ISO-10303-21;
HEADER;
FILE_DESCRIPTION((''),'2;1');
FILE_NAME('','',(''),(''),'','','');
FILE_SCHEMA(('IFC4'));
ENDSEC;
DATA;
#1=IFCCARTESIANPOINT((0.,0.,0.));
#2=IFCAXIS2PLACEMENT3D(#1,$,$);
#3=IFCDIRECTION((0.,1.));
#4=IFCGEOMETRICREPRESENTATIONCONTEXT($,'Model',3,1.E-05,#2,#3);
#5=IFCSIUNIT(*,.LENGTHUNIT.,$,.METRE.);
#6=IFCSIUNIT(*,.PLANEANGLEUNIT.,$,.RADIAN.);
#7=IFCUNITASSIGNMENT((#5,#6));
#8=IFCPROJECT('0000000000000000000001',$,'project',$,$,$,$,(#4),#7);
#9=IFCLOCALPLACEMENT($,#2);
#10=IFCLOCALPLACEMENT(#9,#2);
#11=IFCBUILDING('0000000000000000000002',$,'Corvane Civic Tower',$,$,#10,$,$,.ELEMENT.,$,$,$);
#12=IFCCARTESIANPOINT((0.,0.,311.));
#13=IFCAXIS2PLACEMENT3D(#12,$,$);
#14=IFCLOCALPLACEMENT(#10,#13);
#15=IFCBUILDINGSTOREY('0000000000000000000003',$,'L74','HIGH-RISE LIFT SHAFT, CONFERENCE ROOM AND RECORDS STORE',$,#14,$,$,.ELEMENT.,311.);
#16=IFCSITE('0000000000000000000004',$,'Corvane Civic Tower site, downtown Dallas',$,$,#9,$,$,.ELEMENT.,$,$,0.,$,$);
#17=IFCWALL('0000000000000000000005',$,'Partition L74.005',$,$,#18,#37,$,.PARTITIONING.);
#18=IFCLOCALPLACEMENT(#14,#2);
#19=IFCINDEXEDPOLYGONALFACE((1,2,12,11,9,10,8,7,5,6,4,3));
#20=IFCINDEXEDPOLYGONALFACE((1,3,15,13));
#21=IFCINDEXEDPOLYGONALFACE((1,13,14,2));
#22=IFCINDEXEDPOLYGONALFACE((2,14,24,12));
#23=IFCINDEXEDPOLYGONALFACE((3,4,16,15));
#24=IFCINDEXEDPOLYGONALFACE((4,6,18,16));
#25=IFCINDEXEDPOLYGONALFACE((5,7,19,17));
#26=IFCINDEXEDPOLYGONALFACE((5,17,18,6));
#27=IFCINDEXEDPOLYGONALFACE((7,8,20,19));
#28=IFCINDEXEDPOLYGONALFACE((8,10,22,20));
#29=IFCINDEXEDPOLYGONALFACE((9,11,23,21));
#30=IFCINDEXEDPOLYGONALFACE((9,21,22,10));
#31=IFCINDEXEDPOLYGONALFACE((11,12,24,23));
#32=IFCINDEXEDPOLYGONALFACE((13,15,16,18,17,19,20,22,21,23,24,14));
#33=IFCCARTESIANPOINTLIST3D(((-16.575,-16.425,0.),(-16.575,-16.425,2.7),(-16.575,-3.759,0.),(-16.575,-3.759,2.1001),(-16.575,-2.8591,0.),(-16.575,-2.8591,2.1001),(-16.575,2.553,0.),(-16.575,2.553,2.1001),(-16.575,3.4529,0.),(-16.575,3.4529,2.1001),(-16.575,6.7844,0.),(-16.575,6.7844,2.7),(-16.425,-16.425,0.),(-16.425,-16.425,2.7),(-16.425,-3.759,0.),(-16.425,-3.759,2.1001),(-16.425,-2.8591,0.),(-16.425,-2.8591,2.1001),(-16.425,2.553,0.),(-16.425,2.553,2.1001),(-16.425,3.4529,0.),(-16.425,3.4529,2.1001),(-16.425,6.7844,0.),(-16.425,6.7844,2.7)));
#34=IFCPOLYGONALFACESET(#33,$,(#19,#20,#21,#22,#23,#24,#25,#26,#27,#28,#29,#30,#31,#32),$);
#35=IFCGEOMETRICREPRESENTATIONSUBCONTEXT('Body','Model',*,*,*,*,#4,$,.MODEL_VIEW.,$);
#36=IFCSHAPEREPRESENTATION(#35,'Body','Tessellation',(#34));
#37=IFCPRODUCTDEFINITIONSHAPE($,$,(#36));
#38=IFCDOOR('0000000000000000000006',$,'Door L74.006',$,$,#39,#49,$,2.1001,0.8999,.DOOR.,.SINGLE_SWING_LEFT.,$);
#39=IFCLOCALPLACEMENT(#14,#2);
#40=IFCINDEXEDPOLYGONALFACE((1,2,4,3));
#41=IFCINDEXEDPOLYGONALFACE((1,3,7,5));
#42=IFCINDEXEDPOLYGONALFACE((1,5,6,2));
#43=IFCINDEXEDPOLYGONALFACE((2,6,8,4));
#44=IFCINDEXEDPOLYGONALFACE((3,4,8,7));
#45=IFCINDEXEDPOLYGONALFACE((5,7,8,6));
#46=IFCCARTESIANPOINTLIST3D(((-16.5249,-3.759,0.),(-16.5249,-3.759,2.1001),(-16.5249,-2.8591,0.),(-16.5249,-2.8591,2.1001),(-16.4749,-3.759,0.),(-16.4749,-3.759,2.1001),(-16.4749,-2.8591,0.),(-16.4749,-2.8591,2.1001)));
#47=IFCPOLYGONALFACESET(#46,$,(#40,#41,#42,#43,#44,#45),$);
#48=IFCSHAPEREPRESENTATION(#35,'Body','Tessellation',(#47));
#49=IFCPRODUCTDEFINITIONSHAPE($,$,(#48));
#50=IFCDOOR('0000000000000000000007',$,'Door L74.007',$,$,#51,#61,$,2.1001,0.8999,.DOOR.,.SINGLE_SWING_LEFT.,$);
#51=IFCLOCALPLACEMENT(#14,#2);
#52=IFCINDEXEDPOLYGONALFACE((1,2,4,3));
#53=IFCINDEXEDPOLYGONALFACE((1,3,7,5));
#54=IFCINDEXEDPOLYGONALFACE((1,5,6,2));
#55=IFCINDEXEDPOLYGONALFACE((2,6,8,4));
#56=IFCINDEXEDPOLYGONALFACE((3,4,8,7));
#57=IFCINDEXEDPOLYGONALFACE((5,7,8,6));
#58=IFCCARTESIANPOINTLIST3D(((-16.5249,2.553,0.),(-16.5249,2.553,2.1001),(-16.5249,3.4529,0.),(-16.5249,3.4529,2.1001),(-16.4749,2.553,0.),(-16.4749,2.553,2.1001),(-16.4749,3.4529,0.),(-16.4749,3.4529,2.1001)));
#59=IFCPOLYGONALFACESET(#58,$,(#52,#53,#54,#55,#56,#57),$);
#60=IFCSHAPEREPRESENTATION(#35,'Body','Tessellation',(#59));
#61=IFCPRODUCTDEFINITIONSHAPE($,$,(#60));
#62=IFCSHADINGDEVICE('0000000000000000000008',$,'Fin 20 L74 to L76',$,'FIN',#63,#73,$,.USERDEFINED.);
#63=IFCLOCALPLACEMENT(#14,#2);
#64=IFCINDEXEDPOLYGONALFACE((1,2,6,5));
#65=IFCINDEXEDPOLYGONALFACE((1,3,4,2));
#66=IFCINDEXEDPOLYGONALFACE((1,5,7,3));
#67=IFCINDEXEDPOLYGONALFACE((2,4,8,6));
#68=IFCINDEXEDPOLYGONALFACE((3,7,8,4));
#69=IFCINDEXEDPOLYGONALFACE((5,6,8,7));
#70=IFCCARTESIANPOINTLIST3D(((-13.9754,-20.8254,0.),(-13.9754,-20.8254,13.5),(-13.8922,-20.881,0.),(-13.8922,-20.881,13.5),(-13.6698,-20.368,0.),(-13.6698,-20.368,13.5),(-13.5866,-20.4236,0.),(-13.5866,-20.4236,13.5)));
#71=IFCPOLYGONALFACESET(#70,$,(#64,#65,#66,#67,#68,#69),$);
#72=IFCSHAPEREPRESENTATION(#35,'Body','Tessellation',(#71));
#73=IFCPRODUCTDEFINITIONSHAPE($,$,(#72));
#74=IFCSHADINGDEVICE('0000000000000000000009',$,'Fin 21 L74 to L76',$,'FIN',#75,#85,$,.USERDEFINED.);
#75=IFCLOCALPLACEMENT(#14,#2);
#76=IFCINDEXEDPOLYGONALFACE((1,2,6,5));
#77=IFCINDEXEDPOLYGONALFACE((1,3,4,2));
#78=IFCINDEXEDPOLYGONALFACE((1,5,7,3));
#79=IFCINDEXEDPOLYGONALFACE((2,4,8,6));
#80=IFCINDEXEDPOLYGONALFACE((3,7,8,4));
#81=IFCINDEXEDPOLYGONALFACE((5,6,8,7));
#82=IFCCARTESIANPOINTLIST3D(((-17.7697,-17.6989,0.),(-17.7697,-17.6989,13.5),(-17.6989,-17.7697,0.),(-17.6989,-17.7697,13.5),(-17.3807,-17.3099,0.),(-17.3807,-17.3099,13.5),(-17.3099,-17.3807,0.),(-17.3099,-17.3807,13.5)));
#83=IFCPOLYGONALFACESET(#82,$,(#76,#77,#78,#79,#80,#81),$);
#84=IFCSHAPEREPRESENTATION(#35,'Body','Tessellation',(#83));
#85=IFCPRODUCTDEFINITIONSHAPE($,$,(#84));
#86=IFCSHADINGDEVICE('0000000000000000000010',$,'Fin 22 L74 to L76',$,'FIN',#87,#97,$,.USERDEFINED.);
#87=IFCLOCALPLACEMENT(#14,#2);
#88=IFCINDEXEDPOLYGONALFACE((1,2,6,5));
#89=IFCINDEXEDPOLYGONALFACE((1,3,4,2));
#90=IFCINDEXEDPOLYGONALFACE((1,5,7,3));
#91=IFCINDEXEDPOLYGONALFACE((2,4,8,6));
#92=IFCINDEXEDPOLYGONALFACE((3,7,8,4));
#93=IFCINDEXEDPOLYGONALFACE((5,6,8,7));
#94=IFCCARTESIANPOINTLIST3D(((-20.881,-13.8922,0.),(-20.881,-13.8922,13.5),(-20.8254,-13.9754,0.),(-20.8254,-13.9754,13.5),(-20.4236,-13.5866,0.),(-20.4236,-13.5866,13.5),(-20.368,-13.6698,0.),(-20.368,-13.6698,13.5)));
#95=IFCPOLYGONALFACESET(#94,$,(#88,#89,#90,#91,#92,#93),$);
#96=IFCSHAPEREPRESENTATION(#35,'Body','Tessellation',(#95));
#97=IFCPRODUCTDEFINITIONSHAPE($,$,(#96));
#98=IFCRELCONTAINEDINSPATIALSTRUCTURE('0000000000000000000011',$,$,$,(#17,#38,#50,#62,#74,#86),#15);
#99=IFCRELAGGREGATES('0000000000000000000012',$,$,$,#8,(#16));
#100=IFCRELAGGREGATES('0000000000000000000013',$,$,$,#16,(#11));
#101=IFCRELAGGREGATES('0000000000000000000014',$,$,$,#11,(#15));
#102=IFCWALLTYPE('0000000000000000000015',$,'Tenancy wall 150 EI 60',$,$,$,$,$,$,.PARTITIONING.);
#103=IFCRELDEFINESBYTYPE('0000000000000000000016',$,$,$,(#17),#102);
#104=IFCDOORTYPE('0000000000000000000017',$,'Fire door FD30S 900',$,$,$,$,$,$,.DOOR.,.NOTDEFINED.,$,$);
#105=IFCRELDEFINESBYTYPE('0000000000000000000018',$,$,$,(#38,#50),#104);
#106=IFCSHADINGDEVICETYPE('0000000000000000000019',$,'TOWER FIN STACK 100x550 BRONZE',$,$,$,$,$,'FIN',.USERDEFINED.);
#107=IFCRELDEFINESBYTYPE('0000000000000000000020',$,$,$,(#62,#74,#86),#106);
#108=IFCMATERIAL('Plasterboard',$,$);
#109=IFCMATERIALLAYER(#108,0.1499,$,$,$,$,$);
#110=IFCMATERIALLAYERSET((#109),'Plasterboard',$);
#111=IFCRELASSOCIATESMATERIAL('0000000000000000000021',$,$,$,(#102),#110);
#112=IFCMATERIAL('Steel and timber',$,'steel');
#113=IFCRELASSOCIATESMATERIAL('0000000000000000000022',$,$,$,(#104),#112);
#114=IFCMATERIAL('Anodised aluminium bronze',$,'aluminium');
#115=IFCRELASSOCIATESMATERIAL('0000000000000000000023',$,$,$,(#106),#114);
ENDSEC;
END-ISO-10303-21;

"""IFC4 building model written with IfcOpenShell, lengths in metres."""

from ifc_helpers import new_model, si_unit, direction, frame, frame_2d, origin, origin_2d, place, context, subcontext, project, spatial, rectangle, extrude, material, layer, layer_set, material_profile, profile_set, type_object, element, fill, save


model = new_model("IFC4")

# Units and contexts
model_context = context("Model", 3, precision=1e-05, world=origin(), true_north=direction((0.0, 1.0)))
body_context = subcontext(model_context, "Body", "Model", "MODEL_VIEW")
ifc_project = project(units=[si_unit("LENGTHUNIT", "METRE"), si_unit("PLANEANGLEUNIT", "RADIAN")], contexts=[model_context])

# Site, building, storey
site_placement = place(None, origin())
site = spatial("IfcSite", under=ifc_project, at=site_placement, Name="Corvane Civic Tower site, downtown Dallas", CompositionType="ELEMENT", RefElevation=0.0)
building_placement = place(site_placement, origin())
building = spatial("IfcBuilding", under=site, at=building_placement, Name="Corvane Civic Tower", CompositionType="ELEMENT")
storey_placement = place(building_placement, frame((0.0, 0.0, 311.0)))
storey = spatial("IfcBuildingStorey", under=building, at=storey_placement, Name="L74", Description="HIGH-RISE LIFT SHAFT, CONFERENCE ROOM AND RECORDS STORE", CompositionType="ELEMENT", Elevation=311.0)

# Shared definitions
ifc_material_1 = material(Name="Plasterboard")
ifc_layer_1 = layer(ifc_material_1, 0.1499)
ifc_layer_set_1 = layer_set([ifc_layer_1], Name="Plasterboard")
wall_type_1 = type_object("IfcWallType", Name="Tenancy wall 150 EI 60", PredefinedType="PARTITIONING", material=ifc_layer_set_1)

# Wall, openings, doors
wall_1_placement = place(storey_placement, frame((-16.5, -16.425, 0.0), z_axis=(0.0, 0.0, 1.0), x_axis=(0.0, 1.0, 0.0)))
wall_1 = element("IfcWall", 1, at=wall_1_placement, inside=storey, type_object=wall_type_1, Name="Partition L74.005", PredefinedType="PARTITIONING", context=body_context, shape_type="SweptSolid", body=[
    extrude(rectangle(XDim=23.2095, YDim=0.1499, at=frame_2d((11.6047, 0.0))), origin(), (0.0, 0.0, 1.0), 2.7),
])
opening_1_placement = place(wall_1_placement, frame((12.666, 0.0, 0.0)))
opening_1 = element("IfcOpeningElement", 2, at=opening_1_placement, cuts=wall_1, PredefinedType="OPENING", context=body_context, shape_type="SweptSolid", body=[
    extrude(rectangle(XDim=0.8999, YDim=2.1001, at=frame_2d((0.45, 1.05))), frame((0.0, 0.085, 0.0), z_axis=(0.0, -1.0, 0.0), x_axis=(1.0, 0.0, 0.0)), (0.0, 0.0, 1.0), 0.1699),
])
opening_2_placement = place(wall_1_placement, frame((18.978, 0.0, 0.0)))
opening_2 = element("IfcOpeningElement", 3, at=opening_2_placement, cuts=wall_1, PredefinedType="OPENING", context=body_context, shape_type="SweptSolid", body=[
    extrude(rectangle(XDim=0.8999, YDim=2.1001, at=frame_2d((0.45, 1.05))), frame((0.0, 0.085, 0.0), z_axis=(0.0, -1.0, 0.0), x_axis=(1.0, 0.0, 0.0)), (0.0, 0.0, 1.0), 0.1699),
])
ifc_material_2 = material(Name="Steel and timber", Category="steel")
door_type_1 = type_object("IfcDoorType", Name="Fire door FD30S 900", OperationType="NOTDEFINED", PredefinedType="DOOR", material=ifc_material_2)
door_1_placement = place(opening_1_placement, origin())
door_1 = element("IfcDoor", 4, at=door_1_placement, inside=storey, type_object=door_type_1, Name="Door L74.006", OperationType="SINGLE_SWING_LEFT", OverallHeight=2.1001, OverallWidth=0.8999, PredefinedType="DOOR", context=body_context, shape_type="SweptSolid", body=[
    extrude(rectangle(XDim=0.8999, YDim=2.1001, at=frame_2d((0.45, 1.05))), frame((0.0, 0.0249, 0.0), z_axis=(0.0, -1.0, 0.0), x_axis=(1.0, 0.0, 0.0)), (0.0, 0.0, 1.0), 0.05),
])
fill(opening_1, door_1)
door_2_placement = place(opening_2_placement, origin())
door_2 = element("IfcDoor", 5, at=door_2_placement, inside=storey, type_object=door_type_1, Name="Door L74.007", OperationType="SINGLE_SWING_LEFT", OverallHeight=2.1001, OverallWidth=0.8999, PredefinedType="DOOR", context=body_context, shape_type="SweptSolid", body=[
    extrude(rectangle(XDim=0.8999, YDim=2.1001, at=frame_2d((0.45, 1.05))), frame((0.0, 0.0249, 0.0), z_axis=(0.0, -1.0, 0.0), x_axis=(1.0, 0.0, 0.0)), (0.0, 0.0, 1.0), 0.05),
])
fill(opening_2, door_2)

# Shading devices
ifc_material_3 = material(Name="Anodised aluminium bronze", Category="aluminium")
ifc_material_profile_1 = material_profile(ifc_material_3, rectangle(XDim=0.1001, YDim=0.55, at=origin_2d()), Name="TOWER FIN STACK 100x550 BRONZE")
ifc_profile_set_1 = profile_set([ifc_material_profile_1], Name="Anodised aluminium bronze")
shading_device_type = type_object("IfcShadingDeviceType", Name="TOWER FIN STACK 100x550 BRONZE", ElementType="FIN", PredefinedType="USERDEFINED", material=ifc_profile_set_1)
for number, where, z_axis, x_axis, name in (
    (6, (-13.781, -20.6245, 0.0), (0.0, 0.0, 1.0), (-0.83147, 0.55557, 0.0), "Fin 20 L74 to L76"),
    (7, (-17.5398, -17.5398, 0.0), (0.0, 0.0, 1.0), (-0.707107, 0.707107, 0.0), "Fin 21 L74 to L76"),
    (8, (-20.6245, -13.781, 0.0), (0.0, 0.0, 1.0), (-0.55557, 0.83147, 0.0), "Fin 22 L74 to L76"),
):
    element("IfcShadingDevice", number, at=place(storey_placement, frame(where, z_axis=z_axis, x_axis=x_axis)), inside=storey, type_object=shading_device_type, Name=name, ObjectType="FIN", PredefinedType="USERDEFINED", context=body_context, shape_type="SweptSolid", body=[
        extrude(rectangle(XDim=0.1001, YDim=0.55, at=origin_2d()), origin(), (0.0, 0.0, 1.0), 13.5),
    ])

save(model, "model.ifc")
